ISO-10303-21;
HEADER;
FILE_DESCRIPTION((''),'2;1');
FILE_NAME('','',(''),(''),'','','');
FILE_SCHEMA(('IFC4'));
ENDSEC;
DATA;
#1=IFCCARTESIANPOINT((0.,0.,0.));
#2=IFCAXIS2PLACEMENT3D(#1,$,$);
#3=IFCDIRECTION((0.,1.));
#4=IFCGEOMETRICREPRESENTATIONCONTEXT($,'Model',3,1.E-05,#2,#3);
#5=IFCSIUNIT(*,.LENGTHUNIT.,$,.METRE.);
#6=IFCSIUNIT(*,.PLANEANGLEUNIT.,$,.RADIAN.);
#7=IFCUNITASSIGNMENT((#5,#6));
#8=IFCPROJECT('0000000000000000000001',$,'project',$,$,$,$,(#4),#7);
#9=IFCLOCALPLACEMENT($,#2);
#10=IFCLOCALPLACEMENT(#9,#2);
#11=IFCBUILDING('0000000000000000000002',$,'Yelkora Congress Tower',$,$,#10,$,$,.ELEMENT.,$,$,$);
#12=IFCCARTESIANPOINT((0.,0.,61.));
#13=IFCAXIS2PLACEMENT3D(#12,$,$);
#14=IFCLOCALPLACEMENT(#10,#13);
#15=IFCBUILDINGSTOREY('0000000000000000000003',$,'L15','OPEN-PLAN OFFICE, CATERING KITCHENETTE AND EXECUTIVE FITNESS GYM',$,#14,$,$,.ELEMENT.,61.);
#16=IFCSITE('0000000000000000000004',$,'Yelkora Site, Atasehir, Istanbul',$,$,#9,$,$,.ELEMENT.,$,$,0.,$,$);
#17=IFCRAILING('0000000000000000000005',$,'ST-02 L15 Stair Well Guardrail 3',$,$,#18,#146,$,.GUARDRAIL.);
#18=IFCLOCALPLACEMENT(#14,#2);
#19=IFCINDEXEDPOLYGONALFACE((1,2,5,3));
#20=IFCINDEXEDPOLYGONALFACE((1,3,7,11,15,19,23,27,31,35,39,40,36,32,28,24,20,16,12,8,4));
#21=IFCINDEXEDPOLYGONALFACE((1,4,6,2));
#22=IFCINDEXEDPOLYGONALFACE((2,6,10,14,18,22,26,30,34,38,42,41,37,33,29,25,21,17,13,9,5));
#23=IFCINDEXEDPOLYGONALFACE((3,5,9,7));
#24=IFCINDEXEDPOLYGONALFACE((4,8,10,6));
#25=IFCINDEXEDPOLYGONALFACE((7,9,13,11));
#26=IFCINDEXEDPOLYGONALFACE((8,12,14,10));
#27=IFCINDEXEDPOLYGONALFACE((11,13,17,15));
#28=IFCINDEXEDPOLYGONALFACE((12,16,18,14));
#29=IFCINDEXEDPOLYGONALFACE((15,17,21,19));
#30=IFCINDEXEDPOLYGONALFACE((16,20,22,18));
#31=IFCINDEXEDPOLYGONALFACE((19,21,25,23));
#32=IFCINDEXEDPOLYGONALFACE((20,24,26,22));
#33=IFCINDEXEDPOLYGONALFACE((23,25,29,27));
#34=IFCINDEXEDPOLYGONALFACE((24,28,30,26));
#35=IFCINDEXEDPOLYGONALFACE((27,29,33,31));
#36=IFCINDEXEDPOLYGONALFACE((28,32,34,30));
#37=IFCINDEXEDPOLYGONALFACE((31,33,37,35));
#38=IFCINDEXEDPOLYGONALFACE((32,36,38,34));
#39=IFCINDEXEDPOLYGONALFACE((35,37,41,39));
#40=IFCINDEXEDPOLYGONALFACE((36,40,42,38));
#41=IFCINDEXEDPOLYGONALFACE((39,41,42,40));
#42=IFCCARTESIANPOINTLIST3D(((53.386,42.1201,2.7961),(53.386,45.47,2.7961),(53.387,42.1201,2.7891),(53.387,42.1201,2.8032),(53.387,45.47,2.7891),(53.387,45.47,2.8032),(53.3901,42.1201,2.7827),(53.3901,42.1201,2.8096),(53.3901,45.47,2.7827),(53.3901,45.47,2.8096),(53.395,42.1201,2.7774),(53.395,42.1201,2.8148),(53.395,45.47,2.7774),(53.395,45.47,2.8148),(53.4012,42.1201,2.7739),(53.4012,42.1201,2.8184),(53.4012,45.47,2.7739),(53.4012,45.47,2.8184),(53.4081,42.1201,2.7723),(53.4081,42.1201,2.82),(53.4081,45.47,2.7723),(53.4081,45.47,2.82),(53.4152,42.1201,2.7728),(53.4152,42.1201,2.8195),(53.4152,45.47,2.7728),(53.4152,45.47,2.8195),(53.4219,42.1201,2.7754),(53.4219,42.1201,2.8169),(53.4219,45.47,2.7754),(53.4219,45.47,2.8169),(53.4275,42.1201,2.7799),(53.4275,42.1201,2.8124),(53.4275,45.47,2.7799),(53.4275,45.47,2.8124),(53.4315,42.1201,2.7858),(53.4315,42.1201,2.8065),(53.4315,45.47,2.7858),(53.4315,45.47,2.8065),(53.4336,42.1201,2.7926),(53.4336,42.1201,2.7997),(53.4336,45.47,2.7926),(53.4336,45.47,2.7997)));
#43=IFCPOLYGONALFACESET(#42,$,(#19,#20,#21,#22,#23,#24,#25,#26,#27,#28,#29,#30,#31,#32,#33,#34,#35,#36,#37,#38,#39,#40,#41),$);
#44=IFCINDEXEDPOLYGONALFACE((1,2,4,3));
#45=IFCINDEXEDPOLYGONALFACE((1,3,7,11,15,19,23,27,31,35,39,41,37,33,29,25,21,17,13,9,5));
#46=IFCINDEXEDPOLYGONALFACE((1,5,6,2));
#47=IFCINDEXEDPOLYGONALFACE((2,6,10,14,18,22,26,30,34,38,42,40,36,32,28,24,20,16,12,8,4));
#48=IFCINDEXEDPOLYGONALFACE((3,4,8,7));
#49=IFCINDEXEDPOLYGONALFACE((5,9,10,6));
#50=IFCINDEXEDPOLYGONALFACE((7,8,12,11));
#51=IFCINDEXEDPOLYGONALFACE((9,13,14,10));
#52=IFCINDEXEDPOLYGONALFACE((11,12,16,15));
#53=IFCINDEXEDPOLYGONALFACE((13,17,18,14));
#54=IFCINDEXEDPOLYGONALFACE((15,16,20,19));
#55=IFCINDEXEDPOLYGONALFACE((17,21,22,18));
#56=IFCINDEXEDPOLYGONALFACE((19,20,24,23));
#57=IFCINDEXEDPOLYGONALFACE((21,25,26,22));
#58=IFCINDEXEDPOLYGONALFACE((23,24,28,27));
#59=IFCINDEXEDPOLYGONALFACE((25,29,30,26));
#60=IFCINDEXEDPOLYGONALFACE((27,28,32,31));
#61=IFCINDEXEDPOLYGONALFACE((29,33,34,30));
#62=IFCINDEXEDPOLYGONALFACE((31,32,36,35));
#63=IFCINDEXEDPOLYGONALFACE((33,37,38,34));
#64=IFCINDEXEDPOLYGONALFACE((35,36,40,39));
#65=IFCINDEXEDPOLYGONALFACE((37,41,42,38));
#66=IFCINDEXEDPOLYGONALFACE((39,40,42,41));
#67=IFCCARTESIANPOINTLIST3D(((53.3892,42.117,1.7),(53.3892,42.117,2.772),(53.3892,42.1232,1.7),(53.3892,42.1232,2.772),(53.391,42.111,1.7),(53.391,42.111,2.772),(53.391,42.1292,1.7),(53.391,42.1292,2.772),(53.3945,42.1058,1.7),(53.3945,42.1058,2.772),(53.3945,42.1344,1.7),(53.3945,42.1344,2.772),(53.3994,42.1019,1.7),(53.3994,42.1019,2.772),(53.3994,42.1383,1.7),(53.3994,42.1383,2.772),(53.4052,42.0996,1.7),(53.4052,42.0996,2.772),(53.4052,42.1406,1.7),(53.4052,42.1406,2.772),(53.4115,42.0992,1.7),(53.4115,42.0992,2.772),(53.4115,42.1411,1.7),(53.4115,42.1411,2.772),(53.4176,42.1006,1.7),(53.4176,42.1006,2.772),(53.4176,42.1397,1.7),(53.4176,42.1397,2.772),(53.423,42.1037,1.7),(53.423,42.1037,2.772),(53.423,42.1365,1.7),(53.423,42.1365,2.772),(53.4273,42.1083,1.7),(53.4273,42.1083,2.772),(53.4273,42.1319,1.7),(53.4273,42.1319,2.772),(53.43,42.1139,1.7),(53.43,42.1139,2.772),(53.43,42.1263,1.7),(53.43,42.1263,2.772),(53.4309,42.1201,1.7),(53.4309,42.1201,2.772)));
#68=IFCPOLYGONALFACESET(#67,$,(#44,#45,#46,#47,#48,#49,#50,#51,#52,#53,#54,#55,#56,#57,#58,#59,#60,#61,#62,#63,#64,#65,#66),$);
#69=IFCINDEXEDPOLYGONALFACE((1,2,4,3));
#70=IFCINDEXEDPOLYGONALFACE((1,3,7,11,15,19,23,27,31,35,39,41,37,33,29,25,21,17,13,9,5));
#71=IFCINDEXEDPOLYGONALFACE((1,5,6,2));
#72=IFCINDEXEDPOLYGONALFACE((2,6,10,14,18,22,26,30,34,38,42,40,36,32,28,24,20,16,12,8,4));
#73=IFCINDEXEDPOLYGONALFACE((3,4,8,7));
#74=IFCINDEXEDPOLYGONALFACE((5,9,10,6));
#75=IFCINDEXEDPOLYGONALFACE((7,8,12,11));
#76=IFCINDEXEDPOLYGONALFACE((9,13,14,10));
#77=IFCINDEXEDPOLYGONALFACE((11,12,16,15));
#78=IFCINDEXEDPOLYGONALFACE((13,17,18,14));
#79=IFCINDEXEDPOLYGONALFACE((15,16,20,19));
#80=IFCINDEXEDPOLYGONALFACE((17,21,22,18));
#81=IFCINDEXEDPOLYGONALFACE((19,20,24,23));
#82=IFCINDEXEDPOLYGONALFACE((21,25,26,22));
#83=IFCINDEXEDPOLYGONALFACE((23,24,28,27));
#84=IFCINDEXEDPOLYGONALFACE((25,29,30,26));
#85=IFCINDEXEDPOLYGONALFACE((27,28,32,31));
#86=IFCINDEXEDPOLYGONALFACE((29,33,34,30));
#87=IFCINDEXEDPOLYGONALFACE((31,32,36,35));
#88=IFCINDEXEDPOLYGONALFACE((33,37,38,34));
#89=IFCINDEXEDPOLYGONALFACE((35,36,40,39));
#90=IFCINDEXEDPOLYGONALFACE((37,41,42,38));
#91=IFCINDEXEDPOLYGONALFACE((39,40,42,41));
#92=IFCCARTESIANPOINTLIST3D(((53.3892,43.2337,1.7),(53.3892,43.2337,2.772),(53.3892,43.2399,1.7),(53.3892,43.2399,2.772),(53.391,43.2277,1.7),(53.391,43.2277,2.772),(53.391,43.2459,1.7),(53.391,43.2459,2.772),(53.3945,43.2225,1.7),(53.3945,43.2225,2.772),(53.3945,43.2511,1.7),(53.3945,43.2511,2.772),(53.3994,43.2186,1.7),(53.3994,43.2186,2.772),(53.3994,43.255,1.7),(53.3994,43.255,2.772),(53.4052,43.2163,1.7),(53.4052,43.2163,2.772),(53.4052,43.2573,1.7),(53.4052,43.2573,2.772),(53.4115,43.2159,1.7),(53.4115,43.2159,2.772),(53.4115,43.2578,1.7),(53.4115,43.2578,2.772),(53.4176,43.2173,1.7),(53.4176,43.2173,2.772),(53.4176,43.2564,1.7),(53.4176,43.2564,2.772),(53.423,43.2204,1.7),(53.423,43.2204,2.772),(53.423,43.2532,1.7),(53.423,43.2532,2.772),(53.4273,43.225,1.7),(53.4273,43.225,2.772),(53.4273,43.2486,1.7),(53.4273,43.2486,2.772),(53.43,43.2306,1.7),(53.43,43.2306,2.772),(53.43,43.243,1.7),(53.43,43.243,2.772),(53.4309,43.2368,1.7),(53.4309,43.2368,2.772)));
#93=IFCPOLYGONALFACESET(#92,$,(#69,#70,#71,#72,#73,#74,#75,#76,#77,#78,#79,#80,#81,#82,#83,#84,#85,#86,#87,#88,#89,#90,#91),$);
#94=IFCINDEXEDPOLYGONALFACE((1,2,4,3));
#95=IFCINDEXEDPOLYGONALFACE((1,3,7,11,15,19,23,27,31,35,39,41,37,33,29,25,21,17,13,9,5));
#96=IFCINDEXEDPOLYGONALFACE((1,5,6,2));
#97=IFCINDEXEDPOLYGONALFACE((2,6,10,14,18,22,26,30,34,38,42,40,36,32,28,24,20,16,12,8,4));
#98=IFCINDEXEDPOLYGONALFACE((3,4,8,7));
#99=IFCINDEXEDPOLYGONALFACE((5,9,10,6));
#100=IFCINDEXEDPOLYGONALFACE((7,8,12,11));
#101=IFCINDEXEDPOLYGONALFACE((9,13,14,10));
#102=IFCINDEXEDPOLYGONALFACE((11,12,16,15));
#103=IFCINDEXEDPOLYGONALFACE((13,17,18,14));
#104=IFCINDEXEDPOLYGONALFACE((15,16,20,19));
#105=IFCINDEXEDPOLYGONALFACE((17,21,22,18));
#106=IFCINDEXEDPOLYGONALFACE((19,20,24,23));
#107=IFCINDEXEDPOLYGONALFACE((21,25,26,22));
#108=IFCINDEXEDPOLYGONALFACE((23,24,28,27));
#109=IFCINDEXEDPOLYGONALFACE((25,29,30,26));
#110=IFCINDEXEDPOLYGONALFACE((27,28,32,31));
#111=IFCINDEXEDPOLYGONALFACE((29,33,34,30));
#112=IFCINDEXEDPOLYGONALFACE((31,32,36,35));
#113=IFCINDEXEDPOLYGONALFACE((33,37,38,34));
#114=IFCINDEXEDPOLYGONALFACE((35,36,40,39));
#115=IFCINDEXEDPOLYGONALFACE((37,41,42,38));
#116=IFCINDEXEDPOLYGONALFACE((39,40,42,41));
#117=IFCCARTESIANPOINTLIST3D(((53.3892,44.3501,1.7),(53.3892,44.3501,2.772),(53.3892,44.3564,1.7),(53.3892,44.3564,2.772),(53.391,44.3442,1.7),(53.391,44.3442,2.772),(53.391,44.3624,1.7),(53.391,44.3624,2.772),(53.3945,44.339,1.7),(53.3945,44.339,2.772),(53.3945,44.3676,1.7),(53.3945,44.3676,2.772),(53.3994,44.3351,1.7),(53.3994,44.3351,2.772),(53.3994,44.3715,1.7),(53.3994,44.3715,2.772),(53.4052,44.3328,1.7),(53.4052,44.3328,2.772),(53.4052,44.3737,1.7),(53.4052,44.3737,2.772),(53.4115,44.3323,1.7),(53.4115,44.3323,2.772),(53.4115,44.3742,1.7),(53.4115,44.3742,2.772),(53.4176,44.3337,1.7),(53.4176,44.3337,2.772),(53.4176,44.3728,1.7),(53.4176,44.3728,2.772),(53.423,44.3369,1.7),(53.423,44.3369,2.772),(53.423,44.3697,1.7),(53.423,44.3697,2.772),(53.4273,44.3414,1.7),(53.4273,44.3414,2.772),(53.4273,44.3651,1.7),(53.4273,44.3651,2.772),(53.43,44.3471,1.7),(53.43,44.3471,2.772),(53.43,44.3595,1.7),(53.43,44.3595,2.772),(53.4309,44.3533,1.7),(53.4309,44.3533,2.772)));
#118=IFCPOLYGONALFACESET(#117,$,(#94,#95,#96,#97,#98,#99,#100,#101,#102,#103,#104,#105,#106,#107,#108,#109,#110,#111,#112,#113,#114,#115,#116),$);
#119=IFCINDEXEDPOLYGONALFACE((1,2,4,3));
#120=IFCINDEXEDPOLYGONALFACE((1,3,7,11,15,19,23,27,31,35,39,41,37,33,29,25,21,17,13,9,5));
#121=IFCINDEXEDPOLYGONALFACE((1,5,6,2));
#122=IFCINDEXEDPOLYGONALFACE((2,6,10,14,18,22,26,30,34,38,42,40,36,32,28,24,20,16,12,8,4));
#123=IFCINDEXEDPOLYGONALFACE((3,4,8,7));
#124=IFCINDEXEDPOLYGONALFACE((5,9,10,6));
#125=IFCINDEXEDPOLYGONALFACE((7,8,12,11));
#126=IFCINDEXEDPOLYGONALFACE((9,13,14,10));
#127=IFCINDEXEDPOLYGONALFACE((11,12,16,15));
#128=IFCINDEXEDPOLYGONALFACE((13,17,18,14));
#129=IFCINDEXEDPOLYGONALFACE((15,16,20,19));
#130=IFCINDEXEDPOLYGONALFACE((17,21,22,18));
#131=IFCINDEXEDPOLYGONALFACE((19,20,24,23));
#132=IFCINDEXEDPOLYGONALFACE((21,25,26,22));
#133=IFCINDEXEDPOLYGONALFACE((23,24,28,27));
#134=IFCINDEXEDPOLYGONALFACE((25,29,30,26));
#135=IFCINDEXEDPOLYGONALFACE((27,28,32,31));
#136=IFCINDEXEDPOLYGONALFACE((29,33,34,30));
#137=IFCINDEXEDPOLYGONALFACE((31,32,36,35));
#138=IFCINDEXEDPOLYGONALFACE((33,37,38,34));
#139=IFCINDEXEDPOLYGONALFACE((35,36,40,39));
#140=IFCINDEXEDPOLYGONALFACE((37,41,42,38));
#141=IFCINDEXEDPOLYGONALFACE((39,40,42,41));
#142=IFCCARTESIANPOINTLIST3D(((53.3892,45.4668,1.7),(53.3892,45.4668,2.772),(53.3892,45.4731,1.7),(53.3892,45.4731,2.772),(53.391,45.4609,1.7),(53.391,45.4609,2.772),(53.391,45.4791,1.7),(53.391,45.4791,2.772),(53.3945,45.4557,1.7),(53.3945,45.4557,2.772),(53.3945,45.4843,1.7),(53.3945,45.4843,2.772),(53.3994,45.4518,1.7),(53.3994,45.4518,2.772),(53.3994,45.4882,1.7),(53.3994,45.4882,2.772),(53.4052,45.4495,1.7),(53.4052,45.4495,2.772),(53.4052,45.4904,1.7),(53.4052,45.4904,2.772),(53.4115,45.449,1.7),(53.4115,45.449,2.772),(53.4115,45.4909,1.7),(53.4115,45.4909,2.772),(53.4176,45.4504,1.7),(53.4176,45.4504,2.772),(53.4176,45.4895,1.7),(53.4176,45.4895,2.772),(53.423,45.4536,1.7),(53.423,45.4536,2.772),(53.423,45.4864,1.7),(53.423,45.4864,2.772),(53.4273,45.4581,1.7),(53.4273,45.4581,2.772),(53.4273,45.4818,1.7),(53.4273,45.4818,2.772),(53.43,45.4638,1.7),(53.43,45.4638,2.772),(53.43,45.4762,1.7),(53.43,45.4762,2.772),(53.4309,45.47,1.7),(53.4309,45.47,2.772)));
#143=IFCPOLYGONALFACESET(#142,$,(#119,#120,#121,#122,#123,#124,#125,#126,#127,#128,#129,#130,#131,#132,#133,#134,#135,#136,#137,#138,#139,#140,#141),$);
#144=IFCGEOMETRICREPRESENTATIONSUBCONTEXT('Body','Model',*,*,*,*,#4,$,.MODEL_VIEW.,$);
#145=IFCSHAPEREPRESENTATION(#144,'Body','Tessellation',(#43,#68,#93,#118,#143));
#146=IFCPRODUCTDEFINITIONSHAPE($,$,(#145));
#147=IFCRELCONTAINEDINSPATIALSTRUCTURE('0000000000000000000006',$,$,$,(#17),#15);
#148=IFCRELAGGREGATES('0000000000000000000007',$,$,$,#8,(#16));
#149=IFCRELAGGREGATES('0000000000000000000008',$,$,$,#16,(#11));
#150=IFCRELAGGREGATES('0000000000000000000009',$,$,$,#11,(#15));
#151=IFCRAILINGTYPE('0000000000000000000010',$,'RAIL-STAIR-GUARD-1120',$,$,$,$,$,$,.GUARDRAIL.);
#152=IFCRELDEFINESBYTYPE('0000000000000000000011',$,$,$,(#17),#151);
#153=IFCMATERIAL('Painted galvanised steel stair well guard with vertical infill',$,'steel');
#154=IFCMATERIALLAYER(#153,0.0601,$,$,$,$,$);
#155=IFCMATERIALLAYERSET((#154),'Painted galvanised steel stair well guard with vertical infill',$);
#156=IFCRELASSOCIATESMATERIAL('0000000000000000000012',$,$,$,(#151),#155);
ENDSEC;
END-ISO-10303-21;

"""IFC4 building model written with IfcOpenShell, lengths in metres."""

from ifc_helpers import new_model, si_unit, direction, frame, origin, origin_2d, place, context, subcontext, project, spatial, circle, extrude, material, layer, layer_set, type_object, element, save


model = new_model("IFC4")

# Units and contexts
model_context = context("Model", 3, precision=1e-05, world=origin(), true_north=direction((0.0, 1.0)))
body_context = subcontext(model_context, "Body", "Model", "MODEL_VIEW")
ifc_project = project(units=[si_unit("LENGTHUNIT", "METRE"), si_unit("PLANEANGLEUNIT", "RADIAN")], contexts=[model_context])

# Site, building, storey
site_placement = place(None, origin())
site = spatial("IfcSite", under=ifc_project, at=site_placement, Name="Yelkora Site, Atasehir, Istanbul", CompositionType="ELEMENT", RefElevation=0.0)
building_placement = place(site_placement, origin())
building = spatial("IfcBuilding", under=site, at=building_placement, Name="Yelkora Congress Tower", CompositionType="ELEMENT")
storey_placement = place(building_placement, frame((0.0, 0.0, 61.0)))
storey = spatial("IfcBuildingStorey", under=building, at=storey_placement, Name="L15", Description="OPEN-PLAN OFFICE, CATERING KITCHENETTE AND EXECUTIVE FITNESS GYM", CompositionType="ELEMENT", Elevation=61.0)

# Railing
ifc_material_1 = material(Name="Painted galvanised steel stair well guard with vertical infill", Category="steel")
ifc_layer_1 = layer(ifc_material_1, 0.0601)
ifc_layer_set_1 = layer_set([ifc_layer_1], Name="Painted galvanised steel stair well guard with vertical infill")
railing_type_1 = type_object("IfcRailingType", Name="RAIL-STAIR-GUARD-1120", PredefinedType="GUARDRAIL", material=ifc_layer_set_1)
railing_1_placement = place(storey_placement, frame((53.4099, 42.1201, 1.7)))
element("IfcRailing", 1, at=railing_1_placement, inside=storey, type_object=railing_type_1, Name="ST-02 L15 Stair Well Guardrail 3", PredefinedType="GUARDRAIL", context=body_context, shape_type="SweptSolid", body=[
    extrude(circle(Radius=0.0239, at=origin_2d()), frame((0.0, 0.0, 1.0962), z_axis=(0.0, 1.0, 0.0), x_axis=(-1.0, 0.0, 0.0)), (0.0, 0.0, 1.0), 3.3499),
    extrude(circle(Radius=0.021, at=origin_2d()), origin(), (0.0, 0.0, 1.0), 1.072),
    extrude(circle(Radius=0.021, at=origin_2d()), frame((0.0, 1.1167, 0.0)), (0.0, 0.0, 1.0), 1.072),
    extrude(circle(Radius=0.021, at=origin_2d()), frame((0.0, 2.2332, 0.0)), (0.0, 0.0, 1.0), 1.072),
    extrude(circle(Radius=0.021, at=origin_2d()), frame((0.0, 3.3499, 0.0)), (0.0, 0.0, 1.0), 1.072),
])

save(model, "model.ifc")
